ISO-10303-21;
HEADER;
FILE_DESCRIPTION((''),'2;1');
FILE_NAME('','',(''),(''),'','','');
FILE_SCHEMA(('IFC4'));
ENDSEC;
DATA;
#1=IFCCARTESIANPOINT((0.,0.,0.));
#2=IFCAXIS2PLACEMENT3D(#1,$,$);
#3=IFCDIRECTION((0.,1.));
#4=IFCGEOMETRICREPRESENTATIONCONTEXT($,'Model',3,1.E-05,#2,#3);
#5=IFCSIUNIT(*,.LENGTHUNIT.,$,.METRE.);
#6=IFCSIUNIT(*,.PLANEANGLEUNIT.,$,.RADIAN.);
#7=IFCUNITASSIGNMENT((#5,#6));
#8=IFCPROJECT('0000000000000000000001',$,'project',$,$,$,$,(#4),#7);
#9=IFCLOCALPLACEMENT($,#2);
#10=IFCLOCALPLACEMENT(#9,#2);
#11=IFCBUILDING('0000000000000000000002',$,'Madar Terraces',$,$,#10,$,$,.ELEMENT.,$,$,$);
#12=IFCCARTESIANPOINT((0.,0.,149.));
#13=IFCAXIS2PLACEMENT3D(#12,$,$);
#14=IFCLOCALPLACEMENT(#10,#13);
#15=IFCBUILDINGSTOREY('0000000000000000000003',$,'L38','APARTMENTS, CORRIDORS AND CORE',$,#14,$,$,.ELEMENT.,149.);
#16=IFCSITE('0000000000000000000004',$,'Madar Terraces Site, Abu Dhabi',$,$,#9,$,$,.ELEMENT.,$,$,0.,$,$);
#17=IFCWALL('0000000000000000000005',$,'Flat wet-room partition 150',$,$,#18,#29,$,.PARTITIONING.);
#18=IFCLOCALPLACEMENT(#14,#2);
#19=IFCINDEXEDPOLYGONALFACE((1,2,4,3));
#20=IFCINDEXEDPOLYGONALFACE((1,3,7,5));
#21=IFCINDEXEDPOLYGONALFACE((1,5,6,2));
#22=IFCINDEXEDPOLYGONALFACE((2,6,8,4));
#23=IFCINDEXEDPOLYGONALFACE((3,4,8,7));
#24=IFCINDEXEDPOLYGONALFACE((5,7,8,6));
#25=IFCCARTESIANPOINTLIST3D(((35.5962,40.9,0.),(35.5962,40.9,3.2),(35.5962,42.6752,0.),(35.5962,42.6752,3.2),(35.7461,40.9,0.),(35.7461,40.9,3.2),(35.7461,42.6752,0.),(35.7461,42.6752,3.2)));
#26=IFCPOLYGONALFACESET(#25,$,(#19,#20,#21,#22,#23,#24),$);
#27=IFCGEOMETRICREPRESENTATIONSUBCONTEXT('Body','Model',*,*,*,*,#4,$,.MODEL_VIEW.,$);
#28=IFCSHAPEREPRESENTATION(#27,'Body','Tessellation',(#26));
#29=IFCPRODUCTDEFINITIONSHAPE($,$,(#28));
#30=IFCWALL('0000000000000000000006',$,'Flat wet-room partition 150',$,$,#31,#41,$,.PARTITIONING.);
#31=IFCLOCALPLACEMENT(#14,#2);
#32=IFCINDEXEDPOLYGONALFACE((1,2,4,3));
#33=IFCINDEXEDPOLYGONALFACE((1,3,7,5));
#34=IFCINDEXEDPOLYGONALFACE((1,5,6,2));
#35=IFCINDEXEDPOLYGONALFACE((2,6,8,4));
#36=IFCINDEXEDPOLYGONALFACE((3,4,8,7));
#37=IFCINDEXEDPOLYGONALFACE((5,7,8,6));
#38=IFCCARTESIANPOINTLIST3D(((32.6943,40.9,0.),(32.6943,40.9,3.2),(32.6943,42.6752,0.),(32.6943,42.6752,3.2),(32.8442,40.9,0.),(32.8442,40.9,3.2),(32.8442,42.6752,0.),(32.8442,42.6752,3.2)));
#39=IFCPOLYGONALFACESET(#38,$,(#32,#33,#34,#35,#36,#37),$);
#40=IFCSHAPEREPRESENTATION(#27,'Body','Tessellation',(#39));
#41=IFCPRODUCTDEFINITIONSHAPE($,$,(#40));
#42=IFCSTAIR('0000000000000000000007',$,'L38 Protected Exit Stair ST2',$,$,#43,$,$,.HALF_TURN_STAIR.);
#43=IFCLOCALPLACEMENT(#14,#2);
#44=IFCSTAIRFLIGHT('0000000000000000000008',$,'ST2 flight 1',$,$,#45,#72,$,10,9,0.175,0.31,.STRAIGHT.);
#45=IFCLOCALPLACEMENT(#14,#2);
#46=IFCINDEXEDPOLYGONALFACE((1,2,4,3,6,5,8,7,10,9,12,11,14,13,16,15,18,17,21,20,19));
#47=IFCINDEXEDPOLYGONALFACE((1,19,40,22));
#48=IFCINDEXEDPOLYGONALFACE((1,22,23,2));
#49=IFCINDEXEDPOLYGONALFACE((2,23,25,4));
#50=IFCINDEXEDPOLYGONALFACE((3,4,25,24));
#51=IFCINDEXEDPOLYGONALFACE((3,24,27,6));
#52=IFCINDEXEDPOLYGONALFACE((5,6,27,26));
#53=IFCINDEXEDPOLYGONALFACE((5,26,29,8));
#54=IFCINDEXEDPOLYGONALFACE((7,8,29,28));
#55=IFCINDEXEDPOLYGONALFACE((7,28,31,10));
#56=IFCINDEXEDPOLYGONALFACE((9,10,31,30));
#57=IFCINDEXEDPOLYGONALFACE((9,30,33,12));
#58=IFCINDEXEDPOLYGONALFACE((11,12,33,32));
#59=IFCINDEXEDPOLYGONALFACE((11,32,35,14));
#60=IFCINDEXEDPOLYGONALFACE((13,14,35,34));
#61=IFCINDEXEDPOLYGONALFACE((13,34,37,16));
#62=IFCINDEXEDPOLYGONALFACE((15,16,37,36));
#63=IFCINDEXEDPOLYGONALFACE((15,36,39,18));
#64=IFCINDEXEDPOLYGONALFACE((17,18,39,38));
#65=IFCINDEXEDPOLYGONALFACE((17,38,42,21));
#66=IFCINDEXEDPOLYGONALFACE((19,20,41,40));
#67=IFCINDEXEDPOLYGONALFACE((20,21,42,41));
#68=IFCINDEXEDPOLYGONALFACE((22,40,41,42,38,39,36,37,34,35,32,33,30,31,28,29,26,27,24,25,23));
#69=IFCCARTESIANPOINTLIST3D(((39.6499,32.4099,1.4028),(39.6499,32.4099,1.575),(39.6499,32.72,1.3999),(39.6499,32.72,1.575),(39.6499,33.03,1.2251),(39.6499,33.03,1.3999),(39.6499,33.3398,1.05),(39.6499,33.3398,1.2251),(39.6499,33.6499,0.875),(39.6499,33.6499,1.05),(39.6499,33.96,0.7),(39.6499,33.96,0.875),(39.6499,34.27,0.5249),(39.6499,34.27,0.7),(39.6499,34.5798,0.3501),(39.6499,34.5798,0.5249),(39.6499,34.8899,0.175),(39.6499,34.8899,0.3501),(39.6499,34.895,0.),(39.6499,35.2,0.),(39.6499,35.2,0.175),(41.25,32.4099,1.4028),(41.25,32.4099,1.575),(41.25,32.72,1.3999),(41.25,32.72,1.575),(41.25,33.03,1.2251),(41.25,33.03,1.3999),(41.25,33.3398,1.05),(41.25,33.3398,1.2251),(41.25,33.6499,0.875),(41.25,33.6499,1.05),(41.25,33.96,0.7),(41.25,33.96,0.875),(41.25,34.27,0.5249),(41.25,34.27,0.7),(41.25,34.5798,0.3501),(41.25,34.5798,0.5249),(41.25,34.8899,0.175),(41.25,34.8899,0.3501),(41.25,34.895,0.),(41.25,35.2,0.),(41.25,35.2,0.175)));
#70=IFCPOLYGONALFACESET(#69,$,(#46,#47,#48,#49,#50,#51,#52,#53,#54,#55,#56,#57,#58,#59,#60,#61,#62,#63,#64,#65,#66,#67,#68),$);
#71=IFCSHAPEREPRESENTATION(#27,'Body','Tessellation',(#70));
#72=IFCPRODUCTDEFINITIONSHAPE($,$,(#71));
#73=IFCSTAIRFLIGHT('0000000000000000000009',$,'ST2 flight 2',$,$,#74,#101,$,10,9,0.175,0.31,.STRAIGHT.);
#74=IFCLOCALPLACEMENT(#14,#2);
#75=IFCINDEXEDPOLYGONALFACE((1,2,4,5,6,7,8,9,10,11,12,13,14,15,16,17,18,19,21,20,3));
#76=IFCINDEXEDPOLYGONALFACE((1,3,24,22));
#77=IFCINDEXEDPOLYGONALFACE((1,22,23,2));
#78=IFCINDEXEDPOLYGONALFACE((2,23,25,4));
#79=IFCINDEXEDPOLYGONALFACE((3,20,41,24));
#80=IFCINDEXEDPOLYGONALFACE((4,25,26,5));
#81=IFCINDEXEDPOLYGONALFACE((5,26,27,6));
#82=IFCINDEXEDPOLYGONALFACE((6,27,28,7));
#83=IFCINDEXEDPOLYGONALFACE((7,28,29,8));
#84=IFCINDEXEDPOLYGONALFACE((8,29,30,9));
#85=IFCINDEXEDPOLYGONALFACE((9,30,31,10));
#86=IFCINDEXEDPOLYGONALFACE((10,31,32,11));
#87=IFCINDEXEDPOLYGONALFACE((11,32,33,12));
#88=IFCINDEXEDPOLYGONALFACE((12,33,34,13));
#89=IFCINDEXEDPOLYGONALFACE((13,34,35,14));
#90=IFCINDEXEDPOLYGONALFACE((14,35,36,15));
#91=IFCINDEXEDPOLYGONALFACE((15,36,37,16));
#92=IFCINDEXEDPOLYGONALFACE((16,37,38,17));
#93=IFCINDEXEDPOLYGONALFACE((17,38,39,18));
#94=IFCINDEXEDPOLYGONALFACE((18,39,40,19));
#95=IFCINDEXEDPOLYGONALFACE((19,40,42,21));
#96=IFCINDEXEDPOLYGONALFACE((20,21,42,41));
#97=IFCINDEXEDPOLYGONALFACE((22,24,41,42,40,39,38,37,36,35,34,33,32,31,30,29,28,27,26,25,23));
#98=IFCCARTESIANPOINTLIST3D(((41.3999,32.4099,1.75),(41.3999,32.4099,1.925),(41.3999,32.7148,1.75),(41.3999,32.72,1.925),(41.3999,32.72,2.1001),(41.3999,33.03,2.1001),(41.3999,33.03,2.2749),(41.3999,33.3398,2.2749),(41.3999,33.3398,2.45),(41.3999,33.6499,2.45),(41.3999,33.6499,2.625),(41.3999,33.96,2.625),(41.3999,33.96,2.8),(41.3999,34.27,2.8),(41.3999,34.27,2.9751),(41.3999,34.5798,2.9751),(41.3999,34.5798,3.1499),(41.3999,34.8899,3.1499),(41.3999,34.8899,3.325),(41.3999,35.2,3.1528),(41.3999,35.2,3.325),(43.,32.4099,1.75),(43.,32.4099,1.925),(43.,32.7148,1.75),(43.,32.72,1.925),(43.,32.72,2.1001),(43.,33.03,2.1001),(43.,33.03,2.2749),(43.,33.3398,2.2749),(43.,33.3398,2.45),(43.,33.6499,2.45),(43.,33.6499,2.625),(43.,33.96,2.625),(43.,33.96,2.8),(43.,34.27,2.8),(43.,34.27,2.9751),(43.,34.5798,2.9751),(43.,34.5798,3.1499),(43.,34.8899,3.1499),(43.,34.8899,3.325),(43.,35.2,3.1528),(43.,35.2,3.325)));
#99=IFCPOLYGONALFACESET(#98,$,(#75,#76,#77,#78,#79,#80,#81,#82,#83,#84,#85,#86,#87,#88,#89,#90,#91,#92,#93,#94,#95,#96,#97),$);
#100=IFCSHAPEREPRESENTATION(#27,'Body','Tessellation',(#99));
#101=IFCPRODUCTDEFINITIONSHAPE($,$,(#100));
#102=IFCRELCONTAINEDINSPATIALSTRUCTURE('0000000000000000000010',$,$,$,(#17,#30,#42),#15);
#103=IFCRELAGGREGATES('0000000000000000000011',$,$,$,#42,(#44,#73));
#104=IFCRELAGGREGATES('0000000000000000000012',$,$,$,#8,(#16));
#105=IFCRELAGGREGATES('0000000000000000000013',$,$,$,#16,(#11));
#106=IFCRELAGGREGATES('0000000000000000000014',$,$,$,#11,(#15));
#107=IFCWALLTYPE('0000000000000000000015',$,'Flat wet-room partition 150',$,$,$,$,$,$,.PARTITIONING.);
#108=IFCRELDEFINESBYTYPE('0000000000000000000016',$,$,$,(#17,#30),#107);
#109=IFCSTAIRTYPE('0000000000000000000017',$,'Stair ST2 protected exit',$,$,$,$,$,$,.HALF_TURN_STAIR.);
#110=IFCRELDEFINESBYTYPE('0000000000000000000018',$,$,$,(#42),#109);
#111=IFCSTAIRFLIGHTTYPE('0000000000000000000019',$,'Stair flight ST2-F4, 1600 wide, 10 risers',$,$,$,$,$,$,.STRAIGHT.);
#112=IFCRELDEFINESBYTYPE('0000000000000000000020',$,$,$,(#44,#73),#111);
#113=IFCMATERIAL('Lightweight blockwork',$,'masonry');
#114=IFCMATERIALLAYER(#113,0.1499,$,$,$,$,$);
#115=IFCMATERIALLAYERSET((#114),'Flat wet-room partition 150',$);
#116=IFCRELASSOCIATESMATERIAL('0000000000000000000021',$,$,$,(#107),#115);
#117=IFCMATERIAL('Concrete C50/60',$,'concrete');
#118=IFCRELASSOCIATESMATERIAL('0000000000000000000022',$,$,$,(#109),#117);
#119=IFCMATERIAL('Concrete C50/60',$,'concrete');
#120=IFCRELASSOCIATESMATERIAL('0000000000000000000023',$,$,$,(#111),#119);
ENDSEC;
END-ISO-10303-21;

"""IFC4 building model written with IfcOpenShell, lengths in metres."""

from ifc_helpers import new_model, si_unit, direction, frame, frame_2d, origin, place, context, subcontext, project, spatial, polyline, rectangle, outline, extrude, material, layer, layer_set, type_object, element, aggregate, save


model = new_model("IFC4")

# Units and contexts
model_context = context("Model", 3, precision=1e-05, world=origin(), true_north=direction((0.0, 1.0)))
body_context = subcontext(model_context, "Body", "Model", "MODEL_VIEW")
ifc_project = project(units=[si_unit("LENGTHUNIT", "METRE"), si_unit("PLANEANGLEUNIT", "RADIAN")], contexts=[model_context])

# Site, building, storey
site_placement = place(None, origin())
site = spatial("IfcSite", under=ifc_project, at=site_placement, Name="Madar Terraces Site, Abu Dhabi", CompositionType="ELEMENT", RefElevation=0.0)
building_placement = place(site_placement, origin())
building = spatial("IfcBuilding", under=site, at=building_placement, Name="Madar Terraces", CompositionType="ELEMENT")
storey_placement = place(building_placement, frame((0.0, 0.0, 149.0)))
storey = spatial("IfcBuildingStorey", under=building, at=storey_placement, Name="L38", Description="APARTMENTS, CORRIDORS AND CORE", CompositionType="ELEMENT", Elevation=149.0)

# Walls
ifc_material_1 = material(Name="Lightweight blockwork", Category="masonry")
ifc_layer_1 = layer(ifc_material_1, 0.1499)
ifc_layer_set_1 = layer_set([ifc_layer_1], Name="Flat wet-room partition 150")
wall_type_1 = type_object("IfcWallType", Name="Flat wet-room partition 150", PredefinedType="PARTITIONING", material=ifc_layer_set_1)
for number, where, z_axis, x_axis, name in (
    (1, (35.6711, 40.8999, 0.0), (0.0, 0.0, 1.0), (0.0, 1.0, 0.0), "Flat wet-room partition 150"),
    (2, (32.7693, 40.8999, 0.0), (0.0, 0.0, 1.0), (0.0, 1.0, 0.0), "Flat wet-room partition 150"),
):
    element("IfcWall", number, at=place(storey_placement, frame(where, z_axis=z_axis, x_axis=x_axis)), inside=storey, type_object=wall_type_1, Name=name, PredefinedType="PARTITIONING", context=body_context, shape_type="SweptSolid", body=[
        extrude(rectangle(XDim=1.7751, YDim=0.1499, at=frame_2d((0.8877, 0.0))), origin(), (0.0, 0.0, 1.0), 3.2),
    ])

# Stair, stair flights
ifc_material_2 = material(Name="Concrete C50/60", Category="concrete")
stair_type = type_object("IfcStairType", Name="Stair ST2 protected exit", PredefinedType="HALF_TURN_STAIR", material=ifc_material_2)
stair_placement = place(storey_placement, origin())
stair = element("IfcStair", 3, at=stair_placement, inside=storey, type_object=stair_type, Name="L38 Protected Exit Stair ST2", PredefinedType="HALF_TURN_STAIR")
ifc_material_3 = material(Name="Concrete C50/60", Category="concrete")
stair_flight_type = type_object("IfcStairFlightType", Name="Stair flight ST2-F4, 1600 wide, 10 risers", PredefinedType="STRAIGHT", material=ifc_material_3)
stair_flight_1_placement = place(storey_placement, frame((40.45, 35.2, 0.0), z_axis=(0.0, 0.0, 1.0), x_axis=(0.0, -1.0, 0.0)))
stair_flight_1 = element("IfcStairFlight", 4, at=stair_flight_1_placement, type_object=stair_flight_type, Name="ST2 flight 1", NumberOfRisers=10, NumberOfTreads=9, PredefinedType="STRAIGHT", RiserHeight=0.175, TreadLength=0.31, context=body_context, shape_type="SweptSolid", body=[
    extrude(outline(polyline([(0.0, 0.0), (0.0, 0.175), (0.3101, 0.175), (0.3101, 0.3501), (0.6201, 0.3501), (0.6201, 0.5249), (0.9299, 0.5249), (0.9299, 0.7), (1.24, 0.7), (1.24, 0.875), (1.55, 0.875), (1.55, 1.05), (1.8601, 1.05), (1.8601, 1.2251), (2.1699, 1.2251), (2.1699, 1.3999), (2.48, 1.3999), (2.48, 1.575), (2.79, 1.575), (2.79, 1.75), (2.79, 1.4028), (0.3049, 0.0), (0.0, 0.0)])), frame((0.0, 0.8, 0.0), z_axis=(0.0, -1.0, 0.0), x_axis=(1.0, 0.0, 0.0)), (0.0, 0.0, 1.0), 1.6001),
])
stair_flight_2_placement = place(storey_placement, frame((42.2, 32.4099, 1.75), z_axis=(0.0, 0.0, 1.0), x_axis=(0.0, 1.0, 0.0)))
stair_flight_2 = element("IfcStairFlight", 5, at=stair_flight_2_placement, type_object=stair_flight_type, Name="ST2 flight 2", NumberOfRisers=10, NumberOfTreads=9, PredefinedType="STRAIGHT", RiserHeight=0.175, TreadLength=0.31, context=body_context, shape_type="SweptSolid", body=[
    extrude(outline(polyline([(0.0, 0.0), (0.0, 0.175), (0.3101, 0.175), (0.3101, 0.3501), (0.6201, 0.3501), (0.6201, 0.5249), (0.9299, 0.5249), (0.9299, 0.7), (1.24, 0.7), (1.24, 0.875), (1.55, 0.875), (1.55, 1.05), (1.8601, 1.05), (1.8601, 1.2251), (2.1699, 1.2251), (2.1699, 1.3999), (2.48, 1.3999), (2.48, 1.575), (2.79, 1.575), (2.79, 1.75), (2.79, 1.4028), (0.3049, 0.0), (0.0, 0.0)])), frame((0.0, 0.8, 0.0), z_axis=(0.0, -1.0, 0.0), x_axis=(1.0, 0.0, 0.0)), (0.0, 0.0, 1.0), 1.6001),
])
aggregate(stair, [stair_flight_1, stair_flight_2])

save(model, "model.ifc")
